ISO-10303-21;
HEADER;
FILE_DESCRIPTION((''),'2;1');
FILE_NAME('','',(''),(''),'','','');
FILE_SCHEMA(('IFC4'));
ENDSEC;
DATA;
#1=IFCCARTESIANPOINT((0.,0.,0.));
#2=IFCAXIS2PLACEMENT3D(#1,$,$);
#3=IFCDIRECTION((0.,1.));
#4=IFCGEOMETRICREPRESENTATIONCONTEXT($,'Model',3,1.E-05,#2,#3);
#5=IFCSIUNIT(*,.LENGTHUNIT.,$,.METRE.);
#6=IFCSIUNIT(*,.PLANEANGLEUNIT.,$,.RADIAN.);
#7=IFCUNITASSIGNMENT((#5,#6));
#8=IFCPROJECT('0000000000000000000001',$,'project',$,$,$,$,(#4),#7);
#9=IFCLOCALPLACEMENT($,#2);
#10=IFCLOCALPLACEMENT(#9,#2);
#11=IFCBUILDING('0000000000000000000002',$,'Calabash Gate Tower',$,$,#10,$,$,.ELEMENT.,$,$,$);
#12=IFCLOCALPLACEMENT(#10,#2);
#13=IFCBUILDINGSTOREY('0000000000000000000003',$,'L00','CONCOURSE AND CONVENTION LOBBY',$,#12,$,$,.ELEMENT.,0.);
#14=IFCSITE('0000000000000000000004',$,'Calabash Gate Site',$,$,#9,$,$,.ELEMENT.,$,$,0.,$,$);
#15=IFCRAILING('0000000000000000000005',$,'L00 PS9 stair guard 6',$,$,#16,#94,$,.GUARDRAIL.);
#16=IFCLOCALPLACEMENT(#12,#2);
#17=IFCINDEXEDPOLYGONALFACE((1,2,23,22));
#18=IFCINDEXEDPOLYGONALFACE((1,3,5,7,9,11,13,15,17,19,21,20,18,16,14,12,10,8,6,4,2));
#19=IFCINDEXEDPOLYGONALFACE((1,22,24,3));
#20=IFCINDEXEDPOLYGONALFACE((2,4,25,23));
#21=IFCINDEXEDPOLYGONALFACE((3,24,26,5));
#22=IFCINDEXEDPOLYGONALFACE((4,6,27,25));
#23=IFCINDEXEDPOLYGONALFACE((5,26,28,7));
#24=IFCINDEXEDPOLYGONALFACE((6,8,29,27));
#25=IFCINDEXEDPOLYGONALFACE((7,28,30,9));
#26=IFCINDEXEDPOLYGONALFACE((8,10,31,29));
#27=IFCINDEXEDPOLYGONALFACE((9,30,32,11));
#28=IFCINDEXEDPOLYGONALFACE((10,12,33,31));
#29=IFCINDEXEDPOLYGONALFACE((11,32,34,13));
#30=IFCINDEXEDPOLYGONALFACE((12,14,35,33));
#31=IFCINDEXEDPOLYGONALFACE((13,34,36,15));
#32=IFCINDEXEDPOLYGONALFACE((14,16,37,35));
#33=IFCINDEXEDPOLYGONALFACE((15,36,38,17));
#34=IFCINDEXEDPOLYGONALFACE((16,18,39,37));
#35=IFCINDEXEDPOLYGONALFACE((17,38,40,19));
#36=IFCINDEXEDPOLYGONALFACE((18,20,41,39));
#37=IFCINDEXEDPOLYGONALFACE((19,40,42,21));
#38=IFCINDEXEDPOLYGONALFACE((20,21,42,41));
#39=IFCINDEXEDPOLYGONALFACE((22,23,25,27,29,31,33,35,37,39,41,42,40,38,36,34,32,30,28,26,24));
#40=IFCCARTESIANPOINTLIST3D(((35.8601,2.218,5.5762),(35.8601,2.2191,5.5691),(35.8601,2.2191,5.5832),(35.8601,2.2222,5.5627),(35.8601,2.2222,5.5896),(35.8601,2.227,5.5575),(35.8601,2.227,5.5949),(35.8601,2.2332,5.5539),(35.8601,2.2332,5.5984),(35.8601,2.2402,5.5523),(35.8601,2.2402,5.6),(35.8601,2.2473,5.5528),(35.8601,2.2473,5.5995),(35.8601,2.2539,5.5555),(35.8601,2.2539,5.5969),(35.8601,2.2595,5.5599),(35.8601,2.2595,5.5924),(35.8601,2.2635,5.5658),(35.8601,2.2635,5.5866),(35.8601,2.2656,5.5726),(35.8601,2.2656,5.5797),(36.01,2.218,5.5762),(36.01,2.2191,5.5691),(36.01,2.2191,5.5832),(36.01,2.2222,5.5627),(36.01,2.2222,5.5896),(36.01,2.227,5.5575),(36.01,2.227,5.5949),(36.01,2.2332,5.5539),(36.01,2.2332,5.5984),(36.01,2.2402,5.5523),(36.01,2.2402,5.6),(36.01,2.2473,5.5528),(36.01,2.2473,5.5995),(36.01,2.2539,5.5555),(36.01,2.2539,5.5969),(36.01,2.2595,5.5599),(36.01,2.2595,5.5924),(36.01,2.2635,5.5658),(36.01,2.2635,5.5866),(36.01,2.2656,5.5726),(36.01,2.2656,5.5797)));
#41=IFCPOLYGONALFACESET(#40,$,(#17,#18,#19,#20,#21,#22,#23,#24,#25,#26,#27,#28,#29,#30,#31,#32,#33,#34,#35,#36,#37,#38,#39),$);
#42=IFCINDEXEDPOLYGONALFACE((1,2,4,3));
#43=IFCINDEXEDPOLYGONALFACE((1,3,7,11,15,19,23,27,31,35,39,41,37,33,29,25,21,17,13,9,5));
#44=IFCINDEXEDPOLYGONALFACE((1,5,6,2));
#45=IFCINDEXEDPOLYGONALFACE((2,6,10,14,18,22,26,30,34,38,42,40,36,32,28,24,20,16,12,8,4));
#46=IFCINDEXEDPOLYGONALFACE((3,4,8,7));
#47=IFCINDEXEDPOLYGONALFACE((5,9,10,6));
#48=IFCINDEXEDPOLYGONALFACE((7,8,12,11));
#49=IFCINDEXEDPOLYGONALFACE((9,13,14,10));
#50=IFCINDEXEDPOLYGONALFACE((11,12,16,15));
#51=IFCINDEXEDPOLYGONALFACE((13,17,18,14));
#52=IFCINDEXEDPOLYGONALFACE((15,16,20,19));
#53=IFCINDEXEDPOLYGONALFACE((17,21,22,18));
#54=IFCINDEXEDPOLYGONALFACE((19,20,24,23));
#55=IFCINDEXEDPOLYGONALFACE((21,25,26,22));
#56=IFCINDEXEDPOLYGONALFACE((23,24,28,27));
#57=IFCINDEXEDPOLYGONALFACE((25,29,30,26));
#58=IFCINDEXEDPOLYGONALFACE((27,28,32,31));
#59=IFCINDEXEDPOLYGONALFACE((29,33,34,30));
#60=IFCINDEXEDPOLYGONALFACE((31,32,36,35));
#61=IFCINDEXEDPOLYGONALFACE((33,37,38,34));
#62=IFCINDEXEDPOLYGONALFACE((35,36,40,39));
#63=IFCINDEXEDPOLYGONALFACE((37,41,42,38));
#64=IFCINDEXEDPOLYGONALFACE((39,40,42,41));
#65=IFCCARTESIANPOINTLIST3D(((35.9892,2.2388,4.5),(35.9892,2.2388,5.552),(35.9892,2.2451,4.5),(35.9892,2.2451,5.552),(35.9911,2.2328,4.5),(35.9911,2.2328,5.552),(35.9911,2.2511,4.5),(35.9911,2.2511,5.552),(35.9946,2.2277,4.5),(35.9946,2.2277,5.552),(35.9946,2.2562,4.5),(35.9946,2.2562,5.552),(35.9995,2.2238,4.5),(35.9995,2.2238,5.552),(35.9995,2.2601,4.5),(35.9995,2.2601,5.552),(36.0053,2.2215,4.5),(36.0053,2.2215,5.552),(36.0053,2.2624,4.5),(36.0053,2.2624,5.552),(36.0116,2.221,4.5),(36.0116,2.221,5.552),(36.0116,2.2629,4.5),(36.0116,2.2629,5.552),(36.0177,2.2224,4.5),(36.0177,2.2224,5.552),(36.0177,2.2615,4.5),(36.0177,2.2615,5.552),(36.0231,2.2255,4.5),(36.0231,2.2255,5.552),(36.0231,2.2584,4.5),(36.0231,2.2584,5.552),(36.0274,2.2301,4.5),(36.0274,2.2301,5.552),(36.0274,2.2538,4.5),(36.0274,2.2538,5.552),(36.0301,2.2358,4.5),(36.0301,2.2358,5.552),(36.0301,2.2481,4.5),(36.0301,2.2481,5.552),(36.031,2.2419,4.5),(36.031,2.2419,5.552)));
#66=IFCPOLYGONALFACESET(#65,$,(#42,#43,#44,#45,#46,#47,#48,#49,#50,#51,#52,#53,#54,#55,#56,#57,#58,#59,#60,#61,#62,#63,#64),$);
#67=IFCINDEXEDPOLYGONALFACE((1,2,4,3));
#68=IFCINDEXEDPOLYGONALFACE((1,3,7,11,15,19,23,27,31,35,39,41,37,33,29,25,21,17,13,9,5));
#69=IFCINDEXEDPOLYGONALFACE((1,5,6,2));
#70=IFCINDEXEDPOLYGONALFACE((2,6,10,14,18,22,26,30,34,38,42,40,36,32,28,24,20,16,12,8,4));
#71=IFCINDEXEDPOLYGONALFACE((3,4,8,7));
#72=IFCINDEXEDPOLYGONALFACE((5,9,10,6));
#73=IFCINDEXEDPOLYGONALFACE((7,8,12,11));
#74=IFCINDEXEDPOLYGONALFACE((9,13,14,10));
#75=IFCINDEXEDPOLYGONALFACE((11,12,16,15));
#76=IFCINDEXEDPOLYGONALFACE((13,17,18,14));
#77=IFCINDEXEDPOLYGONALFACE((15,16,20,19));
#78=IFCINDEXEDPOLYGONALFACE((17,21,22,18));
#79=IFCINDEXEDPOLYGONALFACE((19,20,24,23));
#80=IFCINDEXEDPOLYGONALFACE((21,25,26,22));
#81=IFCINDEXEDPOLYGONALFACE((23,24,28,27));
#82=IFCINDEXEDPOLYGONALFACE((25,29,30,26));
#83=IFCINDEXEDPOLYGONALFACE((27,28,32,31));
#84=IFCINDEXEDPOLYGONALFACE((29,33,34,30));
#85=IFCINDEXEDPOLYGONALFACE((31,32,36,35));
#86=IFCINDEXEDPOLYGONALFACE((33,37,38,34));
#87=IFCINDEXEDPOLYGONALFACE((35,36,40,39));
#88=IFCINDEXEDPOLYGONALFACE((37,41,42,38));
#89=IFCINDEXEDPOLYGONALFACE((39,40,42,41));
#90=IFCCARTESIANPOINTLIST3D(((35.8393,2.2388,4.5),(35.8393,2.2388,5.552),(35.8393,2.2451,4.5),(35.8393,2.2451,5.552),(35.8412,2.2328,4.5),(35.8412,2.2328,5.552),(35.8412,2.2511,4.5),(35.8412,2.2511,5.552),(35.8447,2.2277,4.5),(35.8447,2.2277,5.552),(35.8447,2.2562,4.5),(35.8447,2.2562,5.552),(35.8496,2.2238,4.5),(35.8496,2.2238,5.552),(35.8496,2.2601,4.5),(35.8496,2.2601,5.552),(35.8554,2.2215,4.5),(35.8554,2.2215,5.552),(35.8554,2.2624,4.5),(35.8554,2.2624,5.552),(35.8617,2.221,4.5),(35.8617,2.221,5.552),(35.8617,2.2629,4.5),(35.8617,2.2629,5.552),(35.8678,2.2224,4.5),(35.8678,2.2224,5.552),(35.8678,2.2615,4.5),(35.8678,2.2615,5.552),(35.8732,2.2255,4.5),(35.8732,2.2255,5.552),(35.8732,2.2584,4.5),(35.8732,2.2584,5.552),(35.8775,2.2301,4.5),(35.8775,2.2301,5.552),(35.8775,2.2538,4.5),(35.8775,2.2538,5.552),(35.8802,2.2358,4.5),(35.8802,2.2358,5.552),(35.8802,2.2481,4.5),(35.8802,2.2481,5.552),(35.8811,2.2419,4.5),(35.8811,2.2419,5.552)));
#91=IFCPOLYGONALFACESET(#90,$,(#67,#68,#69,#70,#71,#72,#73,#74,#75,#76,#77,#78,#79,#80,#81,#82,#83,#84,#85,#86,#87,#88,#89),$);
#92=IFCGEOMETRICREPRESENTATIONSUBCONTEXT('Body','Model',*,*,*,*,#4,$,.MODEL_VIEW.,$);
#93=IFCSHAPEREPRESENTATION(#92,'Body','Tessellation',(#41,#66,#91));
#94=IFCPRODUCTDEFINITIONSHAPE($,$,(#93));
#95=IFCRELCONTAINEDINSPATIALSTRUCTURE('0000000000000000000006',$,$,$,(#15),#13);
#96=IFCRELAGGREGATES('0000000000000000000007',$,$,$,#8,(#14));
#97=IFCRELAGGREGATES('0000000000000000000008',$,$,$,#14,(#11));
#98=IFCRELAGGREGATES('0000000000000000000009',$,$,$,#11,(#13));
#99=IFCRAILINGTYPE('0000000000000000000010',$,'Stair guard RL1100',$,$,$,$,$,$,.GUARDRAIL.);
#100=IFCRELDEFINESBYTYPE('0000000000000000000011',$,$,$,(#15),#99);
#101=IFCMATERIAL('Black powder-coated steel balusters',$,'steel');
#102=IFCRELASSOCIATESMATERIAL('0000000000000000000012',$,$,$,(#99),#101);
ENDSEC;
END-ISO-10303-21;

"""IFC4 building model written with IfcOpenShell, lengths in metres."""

from ifc_helpers import new_model, si_unit, direction, frame, origin, origin_2d, place, context, subcontext, project, spatial, circle, extrude, material, type_object, element, save


model = new_model("IFC4")

# Units and contexts
model_context = context("Model", 3, precision=1e-05, world=origin(), true_north=direction((0.0, 1.0)))
body_context = subcontext(model_context, "Body", "Model", "MODEL_VIEW")
ifc_project = project(units=[si_unit("LENGTHUNIT", "METRE"), si_unit("PLANEANGLEUNIT", "RADIAN")], contexts=[model_context])

# Site, building, storey
site_placement = place(None, origin())
site = spatial("IfcSite", under=ifc_project, at=site_placement, Name="Calabash Gate Site", CompositionType="ELEMENT", RefElevation=0.0)
building_placement = place(site_placement, origin())
building = spatial("IfcBuilding", under=site, at=building_placement, Name="Calabash Gate Tower", CompositionType="ELEMENT")
storey_placement = place(building_placement, origin())
storey = spatial("IfcBuildingStorey", under=building, at=storey_placement, Name="L00", Description="CONCOURSE AND CONVENTION LOBBY", CompositionType="ELEMENT", Elevation=0.0)

# Railing
ifc_material_1 = material(Name="Black powder-coated steel balusters", Category="steel")
railing_type_1 = type_object("IfcRailingType", Name="Stair guard RL1100", PredefinedType="GUARDRAIL", material=ifc_material_1)
railing_1_placement = place(storey_placement, frame((36.01, 2.2419, 4.5)))
element("IfcRailing", 1, at=railing_1_placement, inside=storey, type_object=railing_type_1, Name="L00 PS9 stair guard 6", PredefinedType="GUARDRAIL", context=body_context, shape_type="SweptSolid", body=[
    extrude(circle(Radius=0.0239, at=origin_2d()), frame((0.0, 0.0, 1.0762), z_axis=(-1.0, 0.0, 0.0), x_axis=(0.0, -1.0, 0.0)), (0.0, 0.0, 1.0), 0.1499),
    extrude(circle(Radius=0.021, at=origin_2d()), origin(), (0.0, 0.0, 1.0), 1.052),
    extrude(circle(Radius=0.021, at=origin_2d()), frame((-0.1499, 0.0, 0.0)), (0.0, 0.0, 1.0), 1.052),
])

save(model, "model.ifc")
